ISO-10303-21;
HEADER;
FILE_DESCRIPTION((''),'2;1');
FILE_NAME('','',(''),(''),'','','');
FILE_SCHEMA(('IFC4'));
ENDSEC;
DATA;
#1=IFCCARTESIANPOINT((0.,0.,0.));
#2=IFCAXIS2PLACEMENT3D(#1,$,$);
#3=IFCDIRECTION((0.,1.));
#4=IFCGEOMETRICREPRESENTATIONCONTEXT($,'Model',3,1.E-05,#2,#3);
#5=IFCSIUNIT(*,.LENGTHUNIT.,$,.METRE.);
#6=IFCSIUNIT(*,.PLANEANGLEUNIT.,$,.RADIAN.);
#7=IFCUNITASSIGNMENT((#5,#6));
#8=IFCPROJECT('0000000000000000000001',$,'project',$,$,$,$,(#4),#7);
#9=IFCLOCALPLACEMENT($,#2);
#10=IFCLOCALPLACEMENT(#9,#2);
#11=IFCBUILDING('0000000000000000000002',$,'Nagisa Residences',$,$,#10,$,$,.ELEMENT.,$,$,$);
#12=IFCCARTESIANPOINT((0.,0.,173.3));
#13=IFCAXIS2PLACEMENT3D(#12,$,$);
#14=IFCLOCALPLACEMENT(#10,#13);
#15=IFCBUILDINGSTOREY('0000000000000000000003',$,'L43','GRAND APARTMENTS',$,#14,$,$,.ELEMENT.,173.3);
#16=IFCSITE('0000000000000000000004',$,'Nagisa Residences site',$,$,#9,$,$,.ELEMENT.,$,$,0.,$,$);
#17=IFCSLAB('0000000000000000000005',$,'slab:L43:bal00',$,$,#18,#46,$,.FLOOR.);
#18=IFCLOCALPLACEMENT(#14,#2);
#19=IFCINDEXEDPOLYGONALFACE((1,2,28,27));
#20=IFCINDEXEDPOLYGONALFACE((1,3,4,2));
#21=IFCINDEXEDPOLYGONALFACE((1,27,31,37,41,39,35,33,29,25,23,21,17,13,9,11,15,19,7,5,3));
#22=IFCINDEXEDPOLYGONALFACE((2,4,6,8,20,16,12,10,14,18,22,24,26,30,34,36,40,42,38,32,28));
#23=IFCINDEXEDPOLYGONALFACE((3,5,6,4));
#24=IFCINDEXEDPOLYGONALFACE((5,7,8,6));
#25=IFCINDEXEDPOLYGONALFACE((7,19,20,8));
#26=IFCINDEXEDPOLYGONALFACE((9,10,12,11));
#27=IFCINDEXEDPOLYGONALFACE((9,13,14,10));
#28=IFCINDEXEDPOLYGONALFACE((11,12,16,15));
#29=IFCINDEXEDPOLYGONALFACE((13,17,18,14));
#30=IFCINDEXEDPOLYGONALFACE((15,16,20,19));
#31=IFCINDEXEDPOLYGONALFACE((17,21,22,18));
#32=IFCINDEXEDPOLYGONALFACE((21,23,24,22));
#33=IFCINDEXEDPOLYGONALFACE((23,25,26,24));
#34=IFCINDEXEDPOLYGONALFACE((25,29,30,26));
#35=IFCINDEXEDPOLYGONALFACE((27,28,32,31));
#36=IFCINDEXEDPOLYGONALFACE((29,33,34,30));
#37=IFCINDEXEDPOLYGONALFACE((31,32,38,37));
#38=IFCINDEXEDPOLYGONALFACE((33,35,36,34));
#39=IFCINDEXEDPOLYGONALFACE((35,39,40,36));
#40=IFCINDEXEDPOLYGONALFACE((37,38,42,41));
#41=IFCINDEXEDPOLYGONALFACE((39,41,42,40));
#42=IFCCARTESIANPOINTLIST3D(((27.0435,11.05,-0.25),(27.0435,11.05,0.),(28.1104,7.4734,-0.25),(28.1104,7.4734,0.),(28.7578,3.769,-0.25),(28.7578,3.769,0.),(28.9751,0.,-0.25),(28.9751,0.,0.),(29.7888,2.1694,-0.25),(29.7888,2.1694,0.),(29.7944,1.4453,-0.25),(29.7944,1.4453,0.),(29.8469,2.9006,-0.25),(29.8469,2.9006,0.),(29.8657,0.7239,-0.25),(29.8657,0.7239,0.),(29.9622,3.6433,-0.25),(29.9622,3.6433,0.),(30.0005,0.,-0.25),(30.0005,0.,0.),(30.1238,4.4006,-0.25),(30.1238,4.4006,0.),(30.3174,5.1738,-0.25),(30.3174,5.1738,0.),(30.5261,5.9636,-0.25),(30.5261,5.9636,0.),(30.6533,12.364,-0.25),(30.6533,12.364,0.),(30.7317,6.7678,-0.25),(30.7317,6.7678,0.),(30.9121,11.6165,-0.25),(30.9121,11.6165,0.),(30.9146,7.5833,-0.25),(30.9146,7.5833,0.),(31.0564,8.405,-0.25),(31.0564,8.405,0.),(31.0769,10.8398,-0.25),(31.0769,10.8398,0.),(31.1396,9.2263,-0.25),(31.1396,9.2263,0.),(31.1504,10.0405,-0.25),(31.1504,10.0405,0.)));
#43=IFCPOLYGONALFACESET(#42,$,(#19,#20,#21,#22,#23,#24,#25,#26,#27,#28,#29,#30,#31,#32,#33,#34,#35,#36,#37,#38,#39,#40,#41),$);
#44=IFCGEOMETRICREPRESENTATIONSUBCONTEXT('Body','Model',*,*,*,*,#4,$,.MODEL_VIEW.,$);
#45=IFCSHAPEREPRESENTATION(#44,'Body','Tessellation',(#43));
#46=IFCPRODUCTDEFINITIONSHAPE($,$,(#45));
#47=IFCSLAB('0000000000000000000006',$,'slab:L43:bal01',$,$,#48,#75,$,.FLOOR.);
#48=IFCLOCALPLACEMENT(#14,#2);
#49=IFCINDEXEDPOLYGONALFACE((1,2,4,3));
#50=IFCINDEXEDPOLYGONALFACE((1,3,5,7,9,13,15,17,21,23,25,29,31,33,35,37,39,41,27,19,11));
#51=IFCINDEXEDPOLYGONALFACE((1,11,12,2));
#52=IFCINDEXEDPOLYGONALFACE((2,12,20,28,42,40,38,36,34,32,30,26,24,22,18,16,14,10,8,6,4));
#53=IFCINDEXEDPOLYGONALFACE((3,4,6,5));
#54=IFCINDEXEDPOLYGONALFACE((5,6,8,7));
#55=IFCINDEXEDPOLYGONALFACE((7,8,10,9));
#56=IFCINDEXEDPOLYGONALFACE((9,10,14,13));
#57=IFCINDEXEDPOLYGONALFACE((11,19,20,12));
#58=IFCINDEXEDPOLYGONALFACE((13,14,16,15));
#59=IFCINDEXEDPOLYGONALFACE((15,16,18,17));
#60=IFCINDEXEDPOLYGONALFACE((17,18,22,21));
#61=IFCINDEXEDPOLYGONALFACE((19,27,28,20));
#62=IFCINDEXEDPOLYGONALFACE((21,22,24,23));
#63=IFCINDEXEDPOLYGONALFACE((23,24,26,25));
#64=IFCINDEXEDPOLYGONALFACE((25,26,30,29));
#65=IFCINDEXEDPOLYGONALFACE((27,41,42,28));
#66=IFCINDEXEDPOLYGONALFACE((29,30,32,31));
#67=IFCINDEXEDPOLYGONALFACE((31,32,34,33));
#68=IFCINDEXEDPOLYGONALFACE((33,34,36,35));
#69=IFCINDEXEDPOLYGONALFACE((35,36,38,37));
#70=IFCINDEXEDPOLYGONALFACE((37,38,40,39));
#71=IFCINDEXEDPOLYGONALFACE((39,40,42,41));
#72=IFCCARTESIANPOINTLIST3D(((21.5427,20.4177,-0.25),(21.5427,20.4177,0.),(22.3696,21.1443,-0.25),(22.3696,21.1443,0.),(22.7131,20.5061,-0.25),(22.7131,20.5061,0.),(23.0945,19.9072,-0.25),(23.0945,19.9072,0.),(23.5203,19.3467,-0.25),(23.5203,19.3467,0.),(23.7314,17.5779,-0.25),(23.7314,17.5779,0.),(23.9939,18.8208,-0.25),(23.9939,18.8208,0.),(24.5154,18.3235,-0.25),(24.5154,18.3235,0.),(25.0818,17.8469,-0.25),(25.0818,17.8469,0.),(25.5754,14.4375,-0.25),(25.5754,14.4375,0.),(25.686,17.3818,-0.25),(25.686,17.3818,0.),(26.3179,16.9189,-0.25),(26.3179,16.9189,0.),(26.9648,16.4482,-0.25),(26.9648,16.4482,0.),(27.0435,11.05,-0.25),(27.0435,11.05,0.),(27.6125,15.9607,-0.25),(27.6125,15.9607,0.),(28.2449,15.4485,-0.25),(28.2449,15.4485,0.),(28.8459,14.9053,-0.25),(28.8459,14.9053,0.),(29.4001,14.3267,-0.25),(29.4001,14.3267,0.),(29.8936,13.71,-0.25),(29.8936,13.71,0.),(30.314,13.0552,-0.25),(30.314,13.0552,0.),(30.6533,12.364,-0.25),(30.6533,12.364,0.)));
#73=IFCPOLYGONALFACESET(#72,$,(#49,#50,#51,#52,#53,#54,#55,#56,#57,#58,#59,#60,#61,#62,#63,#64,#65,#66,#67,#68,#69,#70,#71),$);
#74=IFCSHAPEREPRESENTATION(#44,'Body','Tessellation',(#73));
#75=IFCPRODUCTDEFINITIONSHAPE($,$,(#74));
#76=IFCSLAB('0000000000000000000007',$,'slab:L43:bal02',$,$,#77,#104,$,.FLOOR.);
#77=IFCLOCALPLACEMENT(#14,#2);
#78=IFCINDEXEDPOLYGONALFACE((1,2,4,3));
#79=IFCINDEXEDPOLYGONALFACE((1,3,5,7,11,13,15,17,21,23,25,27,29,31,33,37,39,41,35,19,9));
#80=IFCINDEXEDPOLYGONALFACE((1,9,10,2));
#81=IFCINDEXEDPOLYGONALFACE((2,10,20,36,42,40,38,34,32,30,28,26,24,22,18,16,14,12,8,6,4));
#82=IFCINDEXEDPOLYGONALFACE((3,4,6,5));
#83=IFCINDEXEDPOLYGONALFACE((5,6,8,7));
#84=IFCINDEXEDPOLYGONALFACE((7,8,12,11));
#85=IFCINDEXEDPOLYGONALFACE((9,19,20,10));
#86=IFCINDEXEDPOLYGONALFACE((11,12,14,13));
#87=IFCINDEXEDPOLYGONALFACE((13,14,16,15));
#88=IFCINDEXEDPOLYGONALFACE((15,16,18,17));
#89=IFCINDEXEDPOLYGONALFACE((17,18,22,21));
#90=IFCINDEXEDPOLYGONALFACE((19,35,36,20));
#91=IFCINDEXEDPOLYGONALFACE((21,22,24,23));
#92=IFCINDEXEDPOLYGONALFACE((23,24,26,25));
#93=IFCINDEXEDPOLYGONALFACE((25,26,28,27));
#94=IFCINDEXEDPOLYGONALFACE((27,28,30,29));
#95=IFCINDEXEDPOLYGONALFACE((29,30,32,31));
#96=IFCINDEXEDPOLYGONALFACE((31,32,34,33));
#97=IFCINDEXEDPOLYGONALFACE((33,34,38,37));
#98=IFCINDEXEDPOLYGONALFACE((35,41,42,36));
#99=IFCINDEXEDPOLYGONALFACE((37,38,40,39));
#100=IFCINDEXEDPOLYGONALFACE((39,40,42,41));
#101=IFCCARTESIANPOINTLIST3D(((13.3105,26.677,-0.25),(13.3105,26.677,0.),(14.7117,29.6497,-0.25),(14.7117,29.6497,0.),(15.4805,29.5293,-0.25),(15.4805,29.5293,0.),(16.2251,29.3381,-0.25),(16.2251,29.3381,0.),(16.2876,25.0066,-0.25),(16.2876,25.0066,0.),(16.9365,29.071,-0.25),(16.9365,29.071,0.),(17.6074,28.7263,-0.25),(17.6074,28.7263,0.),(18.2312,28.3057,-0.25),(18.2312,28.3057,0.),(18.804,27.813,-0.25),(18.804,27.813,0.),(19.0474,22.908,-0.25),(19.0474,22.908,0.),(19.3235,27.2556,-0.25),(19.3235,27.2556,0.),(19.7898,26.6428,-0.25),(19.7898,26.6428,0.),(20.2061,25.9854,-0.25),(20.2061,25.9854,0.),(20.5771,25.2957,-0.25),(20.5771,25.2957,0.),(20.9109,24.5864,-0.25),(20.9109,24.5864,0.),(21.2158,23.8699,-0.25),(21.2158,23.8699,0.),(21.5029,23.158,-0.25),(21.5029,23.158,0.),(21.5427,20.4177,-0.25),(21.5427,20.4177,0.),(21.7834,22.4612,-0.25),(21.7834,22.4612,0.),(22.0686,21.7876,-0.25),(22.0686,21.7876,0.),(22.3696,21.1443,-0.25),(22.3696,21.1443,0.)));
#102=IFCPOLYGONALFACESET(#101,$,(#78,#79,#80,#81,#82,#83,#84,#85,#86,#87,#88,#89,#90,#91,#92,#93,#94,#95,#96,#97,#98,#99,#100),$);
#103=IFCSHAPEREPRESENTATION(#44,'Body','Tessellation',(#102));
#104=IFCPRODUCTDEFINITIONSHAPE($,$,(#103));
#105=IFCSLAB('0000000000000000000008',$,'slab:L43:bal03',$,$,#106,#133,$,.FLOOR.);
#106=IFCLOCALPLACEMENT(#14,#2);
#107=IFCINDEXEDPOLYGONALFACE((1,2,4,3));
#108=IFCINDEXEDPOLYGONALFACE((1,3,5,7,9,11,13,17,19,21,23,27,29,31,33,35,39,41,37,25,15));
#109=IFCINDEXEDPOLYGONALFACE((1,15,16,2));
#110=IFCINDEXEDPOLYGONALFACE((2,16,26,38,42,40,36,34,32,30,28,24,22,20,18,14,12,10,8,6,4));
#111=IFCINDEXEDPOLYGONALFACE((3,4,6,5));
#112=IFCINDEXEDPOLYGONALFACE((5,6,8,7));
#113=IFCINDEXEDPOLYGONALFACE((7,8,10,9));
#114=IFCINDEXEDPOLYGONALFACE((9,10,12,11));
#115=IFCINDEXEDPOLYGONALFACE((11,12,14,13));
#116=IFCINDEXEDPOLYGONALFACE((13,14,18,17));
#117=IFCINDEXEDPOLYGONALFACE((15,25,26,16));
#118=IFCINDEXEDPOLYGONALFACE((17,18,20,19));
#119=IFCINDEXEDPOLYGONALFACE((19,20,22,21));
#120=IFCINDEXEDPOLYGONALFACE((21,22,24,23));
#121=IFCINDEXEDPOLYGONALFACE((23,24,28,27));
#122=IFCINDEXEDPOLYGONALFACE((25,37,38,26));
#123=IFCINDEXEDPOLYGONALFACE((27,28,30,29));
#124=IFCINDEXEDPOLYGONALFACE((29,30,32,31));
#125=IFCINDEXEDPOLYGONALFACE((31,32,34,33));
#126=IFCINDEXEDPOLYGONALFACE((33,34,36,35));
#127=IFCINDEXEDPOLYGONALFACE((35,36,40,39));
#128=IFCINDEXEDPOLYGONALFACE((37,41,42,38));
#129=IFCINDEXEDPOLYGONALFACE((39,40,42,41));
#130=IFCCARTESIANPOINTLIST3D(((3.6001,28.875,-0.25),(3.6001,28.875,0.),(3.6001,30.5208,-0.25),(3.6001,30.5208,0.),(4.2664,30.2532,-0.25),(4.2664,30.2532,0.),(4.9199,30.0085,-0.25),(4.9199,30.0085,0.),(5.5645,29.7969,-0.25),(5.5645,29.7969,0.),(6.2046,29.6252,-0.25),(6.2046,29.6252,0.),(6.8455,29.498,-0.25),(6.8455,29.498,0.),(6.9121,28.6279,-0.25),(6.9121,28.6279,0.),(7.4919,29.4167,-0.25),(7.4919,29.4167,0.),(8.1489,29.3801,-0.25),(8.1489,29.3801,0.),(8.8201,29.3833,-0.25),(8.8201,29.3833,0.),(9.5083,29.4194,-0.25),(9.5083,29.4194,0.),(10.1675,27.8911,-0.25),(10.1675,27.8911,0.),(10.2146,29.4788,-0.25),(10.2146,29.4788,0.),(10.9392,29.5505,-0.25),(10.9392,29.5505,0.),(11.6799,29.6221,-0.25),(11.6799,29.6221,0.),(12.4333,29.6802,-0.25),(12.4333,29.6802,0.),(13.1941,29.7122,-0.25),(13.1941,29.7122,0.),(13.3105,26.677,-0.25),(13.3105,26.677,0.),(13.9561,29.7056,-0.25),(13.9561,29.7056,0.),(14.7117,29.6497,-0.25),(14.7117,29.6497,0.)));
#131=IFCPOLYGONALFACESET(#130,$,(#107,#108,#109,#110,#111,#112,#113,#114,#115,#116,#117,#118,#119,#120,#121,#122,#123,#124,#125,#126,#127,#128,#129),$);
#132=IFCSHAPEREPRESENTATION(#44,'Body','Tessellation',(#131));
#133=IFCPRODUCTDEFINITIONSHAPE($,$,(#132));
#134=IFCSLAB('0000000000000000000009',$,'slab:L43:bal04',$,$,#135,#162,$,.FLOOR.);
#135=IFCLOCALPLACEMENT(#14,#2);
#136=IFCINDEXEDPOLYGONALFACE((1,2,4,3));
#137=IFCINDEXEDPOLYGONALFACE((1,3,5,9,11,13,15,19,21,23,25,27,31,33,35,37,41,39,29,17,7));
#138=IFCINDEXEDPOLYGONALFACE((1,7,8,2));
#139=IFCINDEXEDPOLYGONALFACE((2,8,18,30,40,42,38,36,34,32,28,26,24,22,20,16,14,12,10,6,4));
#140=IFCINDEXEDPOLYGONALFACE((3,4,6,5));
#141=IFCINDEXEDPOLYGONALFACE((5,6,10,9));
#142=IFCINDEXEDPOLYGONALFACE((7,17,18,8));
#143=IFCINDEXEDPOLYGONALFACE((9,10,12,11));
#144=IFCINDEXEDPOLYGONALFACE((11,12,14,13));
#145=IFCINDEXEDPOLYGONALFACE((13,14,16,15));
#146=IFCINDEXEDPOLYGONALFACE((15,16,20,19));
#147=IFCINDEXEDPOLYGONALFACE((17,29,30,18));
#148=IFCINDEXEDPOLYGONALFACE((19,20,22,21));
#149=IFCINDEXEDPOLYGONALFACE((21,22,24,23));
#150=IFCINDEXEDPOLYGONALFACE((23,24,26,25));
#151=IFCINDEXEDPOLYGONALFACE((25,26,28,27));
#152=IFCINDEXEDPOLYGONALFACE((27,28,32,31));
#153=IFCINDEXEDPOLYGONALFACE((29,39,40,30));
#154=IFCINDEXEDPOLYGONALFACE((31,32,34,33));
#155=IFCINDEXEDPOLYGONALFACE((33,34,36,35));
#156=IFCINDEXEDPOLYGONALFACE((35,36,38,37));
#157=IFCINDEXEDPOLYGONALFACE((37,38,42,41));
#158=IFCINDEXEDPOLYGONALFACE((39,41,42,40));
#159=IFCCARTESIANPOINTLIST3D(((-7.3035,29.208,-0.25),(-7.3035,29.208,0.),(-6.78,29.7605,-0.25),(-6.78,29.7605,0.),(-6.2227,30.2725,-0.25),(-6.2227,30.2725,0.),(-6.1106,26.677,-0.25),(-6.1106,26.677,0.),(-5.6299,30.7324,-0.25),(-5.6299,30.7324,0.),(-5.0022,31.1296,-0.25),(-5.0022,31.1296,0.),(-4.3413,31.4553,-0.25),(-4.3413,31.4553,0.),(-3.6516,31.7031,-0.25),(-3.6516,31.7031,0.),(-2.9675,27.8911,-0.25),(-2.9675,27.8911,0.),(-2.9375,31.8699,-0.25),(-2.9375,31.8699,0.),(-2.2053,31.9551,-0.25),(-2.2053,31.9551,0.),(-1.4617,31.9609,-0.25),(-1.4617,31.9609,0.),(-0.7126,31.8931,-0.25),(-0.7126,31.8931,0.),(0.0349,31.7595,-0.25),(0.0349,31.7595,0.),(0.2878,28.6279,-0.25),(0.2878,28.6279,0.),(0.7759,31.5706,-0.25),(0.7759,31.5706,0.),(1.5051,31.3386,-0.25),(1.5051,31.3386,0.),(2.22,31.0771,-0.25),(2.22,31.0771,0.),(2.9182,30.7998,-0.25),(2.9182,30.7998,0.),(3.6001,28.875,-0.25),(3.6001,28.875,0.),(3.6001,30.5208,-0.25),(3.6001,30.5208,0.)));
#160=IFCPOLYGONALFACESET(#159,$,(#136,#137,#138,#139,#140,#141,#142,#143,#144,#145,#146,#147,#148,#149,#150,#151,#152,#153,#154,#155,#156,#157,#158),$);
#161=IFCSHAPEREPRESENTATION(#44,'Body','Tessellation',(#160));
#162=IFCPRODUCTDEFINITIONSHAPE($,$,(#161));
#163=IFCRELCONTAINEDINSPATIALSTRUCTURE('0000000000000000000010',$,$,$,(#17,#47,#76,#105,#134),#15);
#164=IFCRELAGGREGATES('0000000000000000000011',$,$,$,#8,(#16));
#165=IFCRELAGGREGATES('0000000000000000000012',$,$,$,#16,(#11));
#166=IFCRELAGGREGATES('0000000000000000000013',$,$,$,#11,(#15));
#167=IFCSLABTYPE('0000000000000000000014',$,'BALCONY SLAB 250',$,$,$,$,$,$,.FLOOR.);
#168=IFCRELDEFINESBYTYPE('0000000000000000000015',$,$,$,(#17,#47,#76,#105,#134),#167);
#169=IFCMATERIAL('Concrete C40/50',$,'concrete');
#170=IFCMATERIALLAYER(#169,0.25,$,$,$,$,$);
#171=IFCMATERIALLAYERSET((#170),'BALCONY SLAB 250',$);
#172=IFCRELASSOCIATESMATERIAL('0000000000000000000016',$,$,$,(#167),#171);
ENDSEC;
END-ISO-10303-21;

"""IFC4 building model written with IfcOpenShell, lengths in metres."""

from ifc_helpers import new_model, si_unit, direction, frame, origin, place, context, subcontext, project, spatial, polyline, outline, extrude, material, layer, layer_set, type_object, element, save


model = new_model("IFC4")

# Units and contexts
model_context = context("Model", 3, precision=1e-05, world=origin(), true_north=direction((0.0, 1.0)))
body_context = subcontext(model_context, "Body", "Model", "MODEL_VIEW")
ifc_project = project(units=[si_unit("LENGTHUNIT", "METRE"), si_unit("PLANEANGLEUNIT", "RADIAN")], contexts=[model_context])

# Site, building, storey
site_placement = place(None, origin())
site = spatial("IfcSite", under=ifc_project, at=site_placement, Name="Nagisa Residences site", CompositionType="ELEMENT", RefElevation=0.0)
building_placement = place(site_placement, origin())
building = spatial("IfcBuilding", under=site, at=building_placement, Name="Nagisa Residences", CompositionType="ELEMENT")
storey_placement = place(building_placement, frame((0.0, 0.0, 173.3)))
storey = spatial("IfcBuildingStorey", under=building, at=storey_placement, Name="L43", Description="GRAND APARTMENTS", CompositionType="ELEMENT", Elevation=173.3)

# Slabs
ifc_material_1 = material(Name="Concrete C40/50", Category="concrete")
ifc_layer_1 = layer(ifc_material_1, 0.25)
ifc_layer_set_1 = layer_set([ifc_layer_1], Name="BALCONY SLAB 250")
slab_type_1 = type_object("IfcSlabType", Name="BALCONY SLAB 250", PredefinedType="FLOOR", material=ifc_layer_set_1)
slab_1_placement = place(storey_placement, frame((0.0, 0.0, -0.25)))
element("IfcSlab", 1, at=slab_1_placement, inside=storey, type_object=slab_type_1, Name="slab:L43:bal00", PredefinedType="FLOOR", context=body_context, shape_type="SweptSolid", body=[
    extrude(outline(polyline([(30.0005, 0.0), (29.8657, 0.7239), (29.7944, 1.4453), (29.7888, 2.1694), (29.8469, 2.9006), (29.9622, 3.6433), (30.1238, 4.4006), (30.3174, 5.1738), (30.5261, 5.9636), (30.7317, 6.7678), (30.9146, 7.5833), (31.0564, 8.405), (31.1396, 9.2263), (31.1504, 10.0405), (31.0769, 10.8398), (30.9121, 11.6165), (30.6533, 12.364), (27.0435, 11.05), (28.1104, 7.4734), (28.7578, 3.769), (28.9751, 0.0), (30.0005, 0.0)])), origin(), (0.0, 0.0, 1.0), 0.25),
])
slab_2_placement = place(storey_placement, frame((0.0, 0.0, -0.25)))
element("IfcSlab", 2, at=slab_2_placement, inside=storey, type_object=slab_type_1, Name="slab:L43:bal01", PredefinedType="FLOOR", context=body_context, shape_type="SweptSolid", body=[
    extrude(outline(polyline([(30.6533, 12.364), (30.314, 13.0552), (29.8936, 13.71), (29.4001, 14.3267), (28.8459, 14.9053), (28.2449, 15.4485), (27.6125, 15.9607), (26.9648, 16.4482), (26.3179, 16.9189), (25.686, 17.3818), (25.0818, 17.8469), (24.5154, 18.3235), (23.9939, 18.8208), (23.5203, 19.3467), (23.0945, 19.9072), (22.7131, 20.5061), (22.3696, 21.1443), (21.5427, 20.4177), (23.7314, 17.5779), (25.5754, 14.4375), (27.0435, 11.05), (30.6533, 12.364)])), origin(), (0.0, 0.0, 1.0), 0.25),
])
slab_3_placement = place(storey_placement, frame((0.0, 0.0, -0.25)))
element("IfcSlab", 3, at=slab_3_placement, inside=storey, type_object=slab_type_1, Name="slab:L43:bal02", PredefinedType="FLOOR", context=body_context, shape_type="SweptSolid", body=[
    extrude(outline(polyline([(22.3696, 21.1443), (22.0686, 21.7876), (21.7834, 22.4612), (21.5029, 23.158), (21.2158, 23.8699), (20.9109, 24.5864), (20.5771, 25.2957), (20.2061, 25.9854), (19.7898, 26.6428), (19.3235, 27.2556), (18.804, 27.813), (18.2312, 28.3057), (17.6074, 28.7263), (16.9365, 29.071), (16.2251, 29.3381), (15.4805, 29.5293), (14.7117, 29.6497), (13.3105, 26.677), (16.2876, 25.0066), (19.0474, 22.908), (21.5427, 20.4177), (22.3696, 21.1443)])), origin(), (0.0, 0.0, 1.0), 0.25),
])
slab_4_placement = place(storey_placement, frame((0.0, 0.0, -0.25)))
element("IfcSlab", 4, at=slab_4_placement, inside=storey, type_object=slab_type_1, Name="slab:L43:bal03", PredefinedType="FLOOR", context=body_context, shape_type="SweptSolid", body=[
    extrude(outline(polyline([(14.7117, 29.6497), (13.9561, 29.7056), (13.1941, 29.7122), (12.4333, 29.6802), (11.6799, 29.6221), (10.9392, 29.5505), (10.2146, 29.4788), (9.5083, 29.4194), (8.8201, 29.3833), (8.1489, 29.3801), (7.4919, 29.4167), (6.8455, 29.498), (6.2046, 29.6252), (5.5645, 29.7969), (4.9199, 30.0085), (4.2664, 30.2532), (3.6001, 30.5208), (3.6001, 28.875), (6.9121, 28.6279), (10.1675, 27.8911), (13.3105, 26.677), (14.7117, 29.6497)])), origin(), (0.0, 0.0, 1.0), 0.25),
])
slab_5_placement = place(storey_placement, frame((0.0, 0.0, -0.25)))
element("IfcSlab", 5, at=slab_5_placement, inside=storey, type_object=slab_type_1, Name="slab:L43:bal04", PredefinedType="FLOOR", context=body_context, shape_type="SweptSolid", body=[
    extrude(outline(polyline([(3.6001, 30.5208), (2.9182, 30.7998), (2.22, 31.0771), (1.5051, 31.3386), (0.7759, 31.5706), (0.0349, 31.7595), (-0.7126, 31.8931), (-1.4617, 31.9609), (-2.2053, 31.9551), (-2.9375, 31.8699), (-3.6516, 31.7031), (-4.3413, 31.4553), (-5.0022, 31.1296), (-5.6299, 30.7324), (-6.2227, 30.2725), (-6.78, 29.7605), (-7.3035, 29.208), (-6.1106, 26.677), (-2.9675, 27.8911), (0.2878, 28.6279), (3.6001, 28.875), (3.6001, 30.5208)])), origin(), (0.0, 0.0, 1.0), 0.25),
])

save(model, "model.ifc")
